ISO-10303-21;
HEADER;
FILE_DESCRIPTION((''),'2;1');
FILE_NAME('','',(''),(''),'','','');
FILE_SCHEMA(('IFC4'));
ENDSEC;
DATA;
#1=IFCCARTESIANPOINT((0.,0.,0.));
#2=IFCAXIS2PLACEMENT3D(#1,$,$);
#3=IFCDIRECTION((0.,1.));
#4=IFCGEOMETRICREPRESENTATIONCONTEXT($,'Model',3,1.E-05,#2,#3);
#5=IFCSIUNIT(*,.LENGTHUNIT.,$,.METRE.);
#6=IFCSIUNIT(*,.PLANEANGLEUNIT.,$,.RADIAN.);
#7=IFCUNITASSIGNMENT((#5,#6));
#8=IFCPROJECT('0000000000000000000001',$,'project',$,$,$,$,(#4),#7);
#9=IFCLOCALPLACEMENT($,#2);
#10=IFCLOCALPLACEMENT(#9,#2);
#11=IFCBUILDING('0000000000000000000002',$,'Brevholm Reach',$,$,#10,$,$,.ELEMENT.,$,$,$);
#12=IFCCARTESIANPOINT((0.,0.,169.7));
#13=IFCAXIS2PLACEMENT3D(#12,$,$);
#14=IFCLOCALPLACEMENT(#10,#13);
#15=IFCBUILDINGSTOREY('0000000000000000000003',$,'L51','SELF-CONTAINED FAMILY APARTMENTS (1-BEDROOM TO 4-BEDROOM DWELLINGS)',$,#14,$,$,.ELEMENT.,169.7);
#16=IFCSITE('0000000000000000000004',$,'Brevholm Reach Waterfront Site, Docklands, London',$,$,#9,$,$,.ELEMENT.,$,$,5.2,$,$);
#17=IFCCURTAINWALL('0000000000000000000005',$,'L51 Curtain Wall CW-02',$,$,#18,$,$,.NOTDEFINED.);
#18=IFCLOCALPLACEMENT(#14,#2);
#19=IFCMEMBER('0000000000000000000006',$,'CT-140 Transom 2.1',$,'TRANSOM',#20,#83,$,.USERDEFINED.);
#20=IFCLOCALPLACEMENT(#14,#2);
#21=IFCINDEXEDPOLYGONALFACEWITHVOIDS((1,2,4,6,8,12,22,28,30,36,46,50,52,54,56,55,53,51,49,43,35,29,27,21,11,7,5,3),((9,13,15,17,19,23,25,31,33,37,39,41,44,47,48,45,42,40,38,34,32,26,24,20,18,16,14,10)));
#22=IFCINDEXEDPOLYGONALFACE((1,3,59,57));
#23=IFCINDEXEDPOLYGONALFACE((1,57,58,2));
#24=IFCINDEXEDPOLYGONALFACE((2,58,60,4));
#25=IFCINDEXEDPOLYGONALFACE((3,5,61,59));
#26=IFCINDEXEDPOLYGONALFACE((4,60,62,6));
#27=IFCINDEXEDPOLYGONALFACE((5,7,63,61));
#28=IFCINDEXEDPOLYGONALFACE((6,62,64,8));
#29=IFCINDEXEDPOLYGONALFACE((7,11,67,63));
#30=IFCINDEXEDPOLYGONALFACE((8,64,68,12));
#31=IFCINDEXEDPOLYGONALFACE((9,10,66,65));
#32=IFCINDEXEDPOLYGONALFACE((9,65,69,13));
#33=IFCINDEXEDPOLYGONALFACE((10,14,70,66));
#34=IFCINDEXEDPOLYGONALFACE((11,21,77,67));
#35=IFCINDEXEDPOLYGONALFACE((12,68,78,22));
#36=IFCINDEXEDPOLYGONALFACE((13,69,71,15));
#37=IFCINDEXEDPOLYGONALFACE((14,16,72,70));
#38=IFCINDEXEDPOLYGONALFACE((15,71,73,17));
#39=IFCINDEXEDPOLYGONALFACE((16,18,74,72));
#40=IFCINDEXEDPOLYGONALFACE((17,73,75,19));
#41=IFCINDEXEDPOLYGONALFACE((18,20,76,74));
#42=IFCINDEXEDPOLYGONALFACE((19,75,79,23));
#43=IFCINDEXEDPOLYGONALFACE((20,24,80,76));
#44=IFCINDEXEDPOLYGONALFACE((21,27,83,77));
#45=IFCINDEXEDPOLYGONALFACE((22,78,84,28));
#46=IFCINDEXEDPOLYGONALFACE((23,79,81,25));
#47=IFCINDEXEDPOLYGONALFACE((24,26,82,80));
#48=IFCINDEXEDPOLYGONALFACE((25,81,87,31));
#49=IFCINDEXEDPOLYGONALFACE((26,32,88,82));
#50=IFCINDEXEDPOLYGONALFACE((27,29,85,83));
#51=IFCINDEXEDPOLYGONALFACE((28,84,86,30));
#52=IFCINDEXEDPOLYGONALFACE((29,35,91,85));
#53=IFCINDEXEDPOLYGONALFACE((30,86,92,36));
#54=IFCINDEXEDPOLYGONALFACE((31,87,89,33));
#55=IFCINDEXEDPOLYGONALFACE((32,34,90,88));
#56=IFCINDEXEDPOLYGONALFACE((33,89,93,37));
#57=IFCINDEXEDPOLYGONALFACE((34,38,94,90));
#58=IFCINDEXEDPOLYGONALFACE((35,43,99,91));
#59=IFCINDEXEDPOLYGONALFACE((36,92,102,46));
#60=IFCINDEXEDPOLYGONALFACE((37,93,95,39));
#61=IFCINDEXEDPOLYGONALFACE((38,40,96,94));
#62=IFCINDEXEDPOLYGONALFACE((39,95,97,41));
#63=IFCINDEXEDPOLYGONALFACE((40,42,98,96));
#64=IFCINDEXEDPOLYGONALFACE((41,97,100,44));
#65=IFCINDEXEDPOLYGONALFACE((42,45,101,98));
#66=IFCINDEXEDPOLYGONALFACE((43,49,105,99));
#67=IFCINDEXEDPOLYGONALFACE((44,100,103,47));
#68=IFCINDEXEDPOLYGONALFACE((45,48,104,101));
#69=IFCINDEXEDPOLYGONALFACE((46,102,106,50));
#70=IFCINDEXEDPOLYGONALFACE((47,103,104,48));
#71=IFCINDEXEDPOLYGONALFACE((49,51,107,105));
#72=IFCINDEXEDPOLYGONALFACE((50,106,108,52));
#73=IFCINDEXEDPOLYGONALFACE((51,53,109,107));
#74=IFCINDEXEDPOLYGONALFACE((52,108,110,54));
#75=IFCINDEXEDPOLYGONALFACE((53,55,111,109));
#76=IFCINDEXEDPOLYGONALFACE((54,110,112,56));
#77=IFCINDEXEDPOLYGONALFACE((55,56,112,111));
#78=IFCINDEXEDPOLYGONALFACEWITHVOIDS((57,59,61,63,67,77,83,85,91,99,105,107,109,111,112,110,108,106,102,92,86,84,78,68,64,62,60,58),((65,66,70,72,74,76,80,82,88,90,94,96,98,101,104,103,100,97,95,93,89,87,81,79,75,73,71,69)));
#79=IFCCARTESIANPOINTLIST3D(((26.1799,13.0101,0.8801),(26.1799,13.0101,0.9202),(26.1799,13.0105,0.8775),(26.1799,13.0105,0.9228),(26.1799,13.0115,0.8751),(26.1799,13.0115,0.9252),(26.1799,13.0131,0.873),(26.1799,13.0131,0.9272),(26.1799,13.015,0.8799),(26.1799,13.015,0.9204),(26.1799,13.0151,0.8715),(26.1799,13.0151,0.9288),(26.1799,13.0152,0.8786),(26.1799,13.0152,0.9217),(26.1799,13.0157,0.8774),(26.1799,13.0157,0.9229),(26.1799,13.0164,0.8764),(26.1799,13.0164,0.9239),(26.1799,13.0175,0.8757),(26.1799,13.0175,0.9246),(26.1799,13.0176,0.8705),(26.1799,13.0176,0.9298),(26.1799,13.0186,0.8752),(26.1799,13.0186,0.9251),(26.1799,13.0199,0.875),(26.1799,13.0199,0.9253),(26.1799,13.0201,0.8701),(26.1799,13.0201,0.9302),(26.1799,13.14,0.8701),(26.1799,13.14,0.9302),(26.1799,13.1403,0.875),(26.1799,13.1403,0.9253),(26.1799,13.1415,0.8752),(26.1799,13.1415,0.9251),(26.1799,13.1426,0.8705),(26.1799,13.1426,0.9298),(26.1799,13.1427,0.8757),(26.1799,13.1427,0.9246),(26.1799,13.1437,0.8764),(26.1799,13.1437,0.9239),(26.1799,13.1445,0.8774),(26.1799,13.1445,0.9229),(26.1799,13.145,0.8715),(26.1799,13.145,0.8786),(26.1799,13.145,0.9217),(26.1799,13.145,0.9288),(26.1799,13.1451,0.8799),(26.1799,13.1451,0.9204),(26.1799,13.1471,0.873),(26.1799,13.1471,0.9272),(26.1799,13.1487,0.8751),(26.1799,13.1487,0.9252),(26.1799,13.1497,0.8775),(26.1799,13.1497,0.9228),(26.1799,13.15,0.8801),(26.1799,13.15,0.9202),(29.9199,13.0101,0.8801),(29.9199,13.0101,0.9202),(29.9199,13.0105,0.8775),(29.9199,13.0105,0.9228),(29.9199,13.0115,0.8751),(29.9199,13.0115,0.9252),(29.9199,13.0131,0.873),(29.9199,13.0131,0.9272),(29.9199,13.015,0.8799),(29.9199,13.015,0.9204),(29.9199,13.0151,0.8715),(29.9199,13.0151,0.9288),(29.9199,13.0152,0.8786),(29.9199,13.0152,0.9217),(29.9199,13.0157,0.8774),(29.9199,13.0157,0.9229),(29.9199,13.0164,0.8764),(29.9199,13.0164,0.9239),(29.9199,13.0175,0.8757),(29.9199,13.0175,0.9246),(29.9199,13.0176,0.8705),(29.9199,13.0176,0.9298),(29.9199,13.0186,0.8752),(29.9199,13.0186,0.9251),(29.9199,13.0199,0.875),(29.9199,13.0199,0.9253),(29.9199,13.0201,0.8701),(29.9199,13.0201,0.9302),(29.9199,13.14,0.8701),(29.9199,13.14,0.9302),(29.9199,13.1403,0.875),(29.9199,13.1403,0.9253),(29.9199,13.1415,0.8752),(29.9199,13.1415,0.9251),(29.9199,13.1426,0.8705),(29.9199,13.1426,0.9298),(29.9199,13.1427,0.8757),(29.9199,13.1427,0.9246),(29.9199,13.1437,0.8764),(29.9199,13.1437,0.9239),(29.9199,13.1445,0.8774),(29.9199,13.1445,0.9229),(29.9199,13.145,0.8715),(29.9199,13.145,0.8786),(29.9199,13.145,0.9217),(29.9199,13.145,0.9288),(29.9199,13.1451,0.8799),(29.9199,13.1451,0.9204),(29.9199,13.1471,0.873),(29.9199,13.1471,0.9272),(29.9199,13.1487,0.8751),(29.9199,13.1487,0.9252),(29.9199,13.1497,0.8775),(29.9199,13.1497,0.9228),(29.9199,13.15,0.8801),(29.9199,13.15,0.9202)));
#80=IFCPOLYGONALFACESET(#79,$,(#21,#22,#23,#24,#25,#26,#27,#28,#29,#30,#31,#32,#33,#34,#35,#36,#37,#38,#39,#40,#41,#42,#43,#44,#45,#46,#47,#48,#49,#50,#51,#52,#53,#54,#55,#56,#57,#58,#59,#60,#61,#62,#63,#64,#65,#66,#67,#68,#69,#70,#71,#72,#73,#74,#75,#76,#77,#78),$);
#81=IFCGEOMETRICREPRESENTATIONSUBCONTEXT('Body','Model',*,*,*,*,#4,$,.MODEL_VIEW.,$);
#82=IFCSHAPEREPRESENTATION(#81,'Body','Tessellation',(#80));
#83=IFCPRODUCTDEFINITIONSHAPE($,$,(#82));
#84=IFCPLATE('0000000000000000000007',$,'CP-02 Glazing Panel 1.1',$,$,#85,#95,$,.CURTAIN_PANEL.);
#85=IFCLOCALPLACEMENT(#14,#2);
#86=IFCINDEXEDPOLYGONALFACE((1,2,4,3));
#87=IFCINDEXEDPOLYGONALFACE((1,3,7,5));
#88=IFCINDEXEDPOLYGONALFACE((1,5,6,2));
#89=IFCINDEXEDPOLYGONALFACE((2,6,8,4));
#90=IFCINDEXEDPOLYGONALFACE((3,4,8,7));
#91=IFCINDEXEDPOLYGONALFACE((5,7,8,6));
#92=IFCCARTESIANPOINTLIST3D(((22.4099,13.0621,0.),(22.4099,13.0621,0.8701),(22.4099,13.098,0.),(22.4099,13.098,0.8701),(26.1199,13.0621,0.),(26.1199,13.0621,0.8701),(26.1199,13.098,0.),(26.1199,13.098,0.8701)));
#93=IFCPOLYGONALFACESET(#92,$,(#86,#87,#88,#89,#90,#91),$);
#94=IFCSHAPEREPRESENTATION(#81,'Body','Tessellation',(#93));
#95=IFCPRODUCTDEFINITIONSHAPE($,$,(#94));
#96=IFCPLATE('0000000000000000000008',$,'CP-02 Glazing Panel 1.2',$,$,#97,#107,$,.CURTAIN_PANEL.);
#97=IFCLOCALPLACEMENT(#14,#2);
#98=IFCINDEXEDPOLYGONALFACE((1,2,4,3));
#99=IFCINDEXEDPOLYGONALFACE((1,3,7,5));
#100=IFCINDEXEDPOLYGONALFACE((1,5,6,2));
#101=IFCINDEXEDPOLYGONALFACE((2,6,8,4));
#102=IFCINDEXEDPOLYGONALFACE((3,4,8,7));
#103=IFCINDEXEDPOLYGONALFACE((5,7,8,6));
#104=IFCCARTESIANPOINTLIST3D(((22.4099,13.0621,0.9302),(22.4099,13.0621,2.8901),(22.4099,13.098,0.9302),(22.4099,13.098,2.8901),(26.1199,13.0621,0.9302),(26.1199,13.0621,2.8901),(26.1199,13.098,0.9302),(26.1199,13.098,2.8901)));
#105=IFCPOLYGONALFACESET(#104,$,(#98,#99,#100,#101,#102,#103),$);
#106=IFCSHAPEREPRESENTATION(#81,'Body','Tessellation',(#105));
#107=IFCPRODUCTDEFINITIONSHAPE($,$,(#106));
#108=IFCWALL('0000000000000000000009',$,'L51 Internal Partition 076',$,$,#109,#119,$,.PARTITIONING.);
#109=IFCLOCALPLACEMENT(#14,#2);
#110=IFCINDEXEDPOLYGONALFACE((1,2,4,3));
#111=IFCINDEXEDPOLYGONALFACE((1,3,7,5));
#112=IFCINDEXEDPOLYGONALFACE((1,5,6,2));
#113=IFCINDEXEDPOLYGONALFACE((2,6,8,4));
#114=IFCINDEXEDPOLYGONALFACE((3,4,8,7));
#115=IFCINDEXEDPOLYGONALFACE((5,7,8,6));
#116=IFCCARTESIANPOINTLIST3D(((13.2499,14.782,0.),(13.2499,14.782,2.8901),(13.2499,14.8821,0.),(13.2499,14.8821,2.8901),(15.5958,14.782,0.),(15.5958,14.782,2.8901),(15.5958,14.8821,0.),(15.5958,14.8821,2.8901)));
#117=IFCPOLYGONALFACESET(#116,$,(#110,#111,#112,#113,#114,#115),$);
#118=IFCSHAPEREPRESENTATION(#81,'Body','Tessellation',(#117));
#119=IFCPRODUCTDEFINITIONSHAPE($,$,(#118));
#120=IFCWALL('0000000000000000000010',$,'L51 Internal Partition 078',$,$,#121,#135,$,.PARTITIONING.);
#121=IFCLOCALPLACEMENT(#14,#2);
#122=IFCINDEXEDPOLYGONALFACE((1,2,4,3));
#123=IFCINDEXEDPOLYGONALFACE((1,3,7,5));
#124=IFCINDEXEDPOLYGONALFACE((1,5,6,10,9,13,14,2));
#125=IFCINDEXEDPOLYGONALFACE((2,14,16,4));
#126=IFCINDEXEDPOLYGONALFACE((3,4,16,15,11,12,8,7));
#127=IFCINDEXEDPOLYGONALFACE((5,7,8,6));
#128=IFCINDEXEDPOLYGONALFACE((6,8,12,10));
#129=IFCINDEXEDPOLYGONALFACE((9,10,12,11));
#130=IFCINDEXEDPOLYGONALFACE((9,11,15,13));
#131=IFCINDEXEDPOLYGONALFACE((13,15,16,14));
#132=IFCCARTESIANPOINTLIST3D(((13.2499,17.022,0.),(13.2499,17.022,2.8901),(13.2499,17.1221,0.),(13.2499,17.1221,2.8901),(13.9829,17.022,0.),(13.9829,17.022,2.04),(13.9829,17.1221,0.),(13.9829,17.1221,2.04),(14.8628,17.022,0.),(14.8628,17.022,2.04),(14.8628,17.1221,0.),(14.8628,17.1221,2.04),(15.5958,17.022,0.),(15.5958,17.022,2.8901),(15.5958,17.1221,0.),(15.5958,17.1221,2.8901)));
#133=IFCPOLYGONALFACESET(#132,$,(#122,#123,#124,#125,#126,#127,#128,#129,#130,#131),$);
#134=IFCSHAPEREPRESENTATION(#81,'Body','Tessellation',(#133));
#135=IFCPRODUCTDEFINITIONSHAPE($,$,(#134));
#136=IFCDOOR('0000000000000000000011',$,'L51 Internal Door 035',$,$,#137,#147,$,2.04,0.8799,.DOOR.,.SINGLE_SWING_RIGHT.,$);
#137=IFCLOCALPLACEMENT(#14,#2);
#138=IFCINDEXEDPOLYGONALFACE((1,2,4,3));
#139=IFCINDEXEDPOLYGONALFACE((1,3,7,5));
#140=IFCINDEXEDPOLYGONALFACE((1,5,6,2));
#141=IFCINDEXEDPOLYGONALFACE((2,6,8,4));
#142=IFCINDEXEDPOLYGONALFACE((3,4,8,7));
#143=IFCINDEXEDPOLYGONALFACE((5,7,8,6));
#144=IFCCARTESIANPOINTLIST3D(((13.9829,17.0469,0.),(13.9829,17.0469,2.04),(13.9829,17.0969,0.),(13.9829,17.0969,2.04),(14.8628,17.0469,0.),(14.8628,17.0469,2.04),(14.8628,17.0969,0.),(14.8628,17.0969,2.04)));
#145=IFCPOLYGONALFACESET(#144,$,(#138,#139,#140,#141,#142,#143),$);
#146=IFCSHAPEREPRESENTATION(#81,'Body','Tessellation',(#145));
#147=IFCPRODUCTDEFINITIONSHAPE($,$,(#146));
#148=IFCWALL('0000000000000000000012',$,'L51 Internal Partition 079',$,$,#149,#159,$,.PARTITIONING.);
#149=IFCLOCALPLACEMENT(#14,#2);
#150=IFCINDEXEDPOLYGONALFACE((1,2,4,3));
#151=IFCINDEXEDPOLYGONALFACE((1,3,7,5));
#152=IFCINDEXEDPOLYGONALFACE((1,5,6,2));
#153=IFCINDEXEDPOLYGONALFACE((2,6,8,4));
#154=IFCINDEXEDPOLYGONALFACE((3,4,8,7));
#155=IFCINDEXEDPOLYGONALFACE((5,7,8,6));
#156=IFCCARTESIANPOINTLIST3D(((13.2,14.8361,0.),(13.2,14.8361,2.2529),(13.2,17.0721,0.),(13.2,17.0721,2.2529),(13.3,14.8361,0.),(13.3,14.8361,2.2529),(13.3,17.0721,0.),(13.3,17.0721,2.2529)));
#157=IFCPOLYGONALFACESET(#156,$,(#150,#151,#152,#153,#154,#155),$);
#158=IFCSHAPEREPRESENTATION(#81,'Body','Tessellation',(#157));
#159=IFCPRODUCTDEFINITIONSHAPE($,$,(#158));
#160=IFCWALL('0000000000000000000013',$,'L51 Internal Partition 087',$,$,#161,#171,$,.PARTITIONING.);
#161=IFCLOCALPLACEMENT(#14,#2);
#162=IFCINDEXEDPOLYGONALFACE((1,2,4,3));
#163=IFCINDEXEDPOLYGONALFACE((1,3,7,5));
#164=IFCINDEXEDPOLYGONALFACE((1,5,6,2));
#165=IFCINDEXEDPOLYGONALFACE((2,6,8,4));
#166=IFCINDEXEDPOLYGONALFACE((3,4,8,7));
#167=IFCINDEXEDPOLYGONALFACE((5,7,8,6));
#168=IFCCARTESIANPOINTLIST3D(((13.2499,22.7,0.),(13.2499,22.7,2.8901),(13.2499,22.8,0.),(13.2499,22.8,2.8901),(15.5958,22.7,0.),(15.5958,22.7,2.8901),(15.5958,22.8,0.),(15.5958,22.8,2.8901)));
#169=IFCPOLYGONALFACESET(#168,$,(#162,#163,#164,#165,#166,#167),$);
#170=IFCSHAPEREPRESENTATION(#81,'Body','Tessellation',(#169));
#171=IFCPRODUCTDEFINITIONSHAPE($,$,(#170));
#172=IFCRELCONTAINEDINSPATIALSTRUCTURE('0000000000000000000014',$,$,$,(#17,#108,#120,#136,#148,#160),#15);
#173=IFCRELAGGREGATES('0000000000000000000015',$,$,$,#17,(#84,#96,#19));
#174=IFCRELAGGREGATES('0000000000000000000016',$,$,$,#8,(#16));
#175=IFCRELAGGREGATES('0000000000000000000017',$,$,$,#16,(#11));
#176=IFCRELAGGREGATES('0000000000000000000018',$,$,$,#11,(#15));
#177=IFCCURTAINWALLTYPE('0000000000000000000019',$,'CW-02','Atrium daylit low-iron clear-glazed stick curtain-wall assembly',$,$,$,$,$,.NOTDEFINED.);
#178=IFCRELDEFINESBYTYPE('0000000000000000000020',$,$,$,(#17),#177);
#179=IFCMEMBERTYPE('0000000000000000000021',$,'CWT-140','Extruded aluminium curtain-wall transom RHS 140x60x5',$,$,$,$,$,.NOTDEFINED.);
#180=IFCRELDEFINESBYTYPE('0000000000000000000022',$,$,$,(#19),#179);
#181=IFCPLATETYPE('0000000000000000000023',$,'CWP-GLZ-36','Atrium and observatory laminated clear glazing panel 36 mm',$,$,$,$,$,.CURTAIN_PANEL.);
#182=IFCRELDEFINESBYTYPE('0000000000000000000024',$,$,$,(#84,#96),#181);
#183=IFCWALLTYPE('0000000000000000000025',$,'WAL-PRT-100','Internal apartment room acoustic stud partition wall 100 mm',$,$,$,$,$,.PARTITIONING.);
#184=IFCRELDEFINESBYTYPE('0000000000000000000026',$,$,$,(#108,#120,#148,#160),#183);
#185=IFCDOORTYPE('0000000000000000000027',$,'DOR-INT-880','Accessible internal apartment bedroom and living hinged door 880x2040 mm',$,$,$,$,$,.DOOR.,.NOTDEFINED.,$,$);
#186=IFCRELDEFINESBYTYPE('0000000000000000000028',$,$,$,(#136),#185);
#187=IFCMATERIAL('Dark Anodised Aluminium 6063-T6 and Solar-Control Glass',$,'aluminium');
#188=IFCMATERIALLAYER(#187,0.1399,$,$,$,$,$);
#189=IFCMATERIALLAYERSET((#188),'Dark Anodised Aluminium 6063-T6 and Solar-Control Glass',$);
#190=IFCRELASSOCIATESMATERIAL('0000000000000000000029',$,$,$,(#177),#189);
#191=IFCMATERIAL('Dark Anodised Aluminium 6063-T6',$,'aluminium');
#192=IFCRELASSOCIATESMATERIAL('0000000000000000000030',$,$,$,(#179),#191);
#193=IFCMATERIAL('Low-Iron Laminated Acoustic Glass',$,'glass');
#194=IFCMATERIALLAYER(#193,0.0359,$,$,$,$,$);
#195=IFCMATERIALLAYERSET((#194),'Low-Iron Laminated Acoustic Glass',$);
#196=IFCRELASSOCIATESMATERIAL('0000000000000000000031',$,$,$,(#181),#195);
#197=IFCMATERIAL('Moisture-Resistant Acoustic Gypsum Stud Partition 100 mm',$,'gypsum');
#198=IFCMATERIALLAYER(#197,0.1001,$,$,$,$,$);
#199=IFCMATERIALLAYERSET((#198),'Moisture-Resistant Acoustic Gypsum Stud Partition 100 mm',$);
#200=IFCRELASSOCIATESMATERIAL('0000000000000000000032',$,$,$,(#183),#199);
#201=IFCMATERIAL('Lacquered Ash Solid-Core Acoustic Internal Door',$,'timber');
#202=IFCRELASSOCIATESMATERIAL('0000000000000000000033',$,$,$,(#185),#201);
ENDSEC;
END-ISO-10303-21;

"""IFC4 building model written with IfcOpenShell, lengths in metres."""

from ifc_helpers import new_model, si_unit, direction, frame, frame_2d, origin, origin_2d, place, context, subcontext, project, spatial, rectangle, hollow_rectangle, extrude, material, layer, layer_set, material_profile, profile_set, type_object, element, fill, aggregate, save


model = new_model("IFC4")

# Units and contexts
model_context = context("Model", 3, precision=1e-05, world=origin(), true_north=direction((0.0, 1.0)))
body_context = subcontext(model_context, "Body", "Model", "MODEL_VIEW")
ifc_project = project(units=[si_unit("LENGTHUNIT", "METRE"), si_unit("PLANEANGLEUNIT", "RADIAN")], contexts=[model_context])

# Site, building, storey
site_placement = place(None, origin())
site = spatial("IfcSite", under=ifc_project, at=site_placement, Name="Brevholm Reach Waterfront Site, Docklands, London", CompositionType="ELEMENT", RefElevation=5.2)
building_placement = place(site_placement, origin())
building = spatial("IfcBuilding", under=site, at=building_placement, Name="Brevholm Reach", CompositionType="ELEMENT")
storey_placement = place(building_placement, frame((0.0, 0.0, 169.7)))
storey = spatial("IfcBuildingStorey", under=building, at=storey_placement, Name="L51", Description="SELF-CONTAINED FAMILY APARTMENTS (1-BEDROOM TO 4-BEDROOM DWELLINGS)", CompositionType="ELEMENT", Elevation=169.7)

# Curtain wall, member, plates
ifc_material_1 = material(Name="Dark Anodised Aluminium 6063-T6 and Solar-Control Glass", Category="aluminium")
ifc_layer_1 = layer(ifc_material_1, 0.1399)
ifc_layer_set_1 = layer_set([ifc_layer_1], Name="Dark Anodised Aluminium 6063-T6 and Solar-Control Glass")
curtain_wall_type = type_object("IfcCurtainWallType", Name="CW-02", Description="Atrium daylit low-iron clear-glazed stick curtain-wall assembly", PredefinedType="NOTDEFINED", material=ifc_layer_set_1)
curtain_wall_placement = place(storey_placement, origin())
curtain_wall = element("IfcCurtainWall", 1, at=curtain_wall_placement, inside=storey, type_object=curtain_wall_type, Name="L51 Curtain Wall CW-02", PredefinedType="NOTDEFINED")
ifc_material_2 = material(Name="Dark Anodised Aluminium 6063-T6", Category="aluminium")
ifc_material_profile_1 = material_profile(ifc_material_2, hollow_rectangle(XDim=0.0601, YDim=0.1399, WallThickness=0.0049, InnerFilletRadius=0.0049, OuterFilletRadius=0.01, at=origin_2d()), Name="RHS 140x60x5")
ifc_profile_set_1 = profile_set([ifc_material_profile_1], Name="Dark Anodised Aluminium 6063-T6")
member_type_1 = type_object("IfcMemberType", Name="CWT-140", Description="Extruded aluminium curtain-wall transom RHS 140x60x5", PredefinedType="NOTDEFINED", material=ifc_profile_set_1)
member_1_placement = place(storey_placement, frame((26.1799, 13.0801, 0.9001), z_axis=(1.0, 0.0, 0.0), x_axis=(0.0, 0.0, 1.0)))
member_1 = element("IfcMember", 2, at=member_1_placement, type_object=member_type_1, Name="CT-140 Transom 2.1", ObjectType="TRANSOM", PredefinedType="USERDEFINED", context=body_context, shape_type="SweptSolid", body=[
    extrude(hollow_rectangle(XDim=0.0601, YDim=0.1399, WallThickness=0.0049, InnerFilletRadius=0.0049, OuterFilletRadius=0.01, at=origin_2d()), origin(), (0.0, 0.0, 1.0), 3.74),
])
ifc_material_3 = material(Name="Low-Iron Laminated Acoustic Glass", Category="glass")
ifc_layer_2 = layer(ifc_material_3, 0.0359)
ifc_layer_set_2 = layer_set([ifc_layer_2], Name="Low-Iron Laminated Acoustic Glass")
plate_type = type_object("IfcPlateType", Name="CWP-GLZ-36", Description="Atrium and observatory laminated clear glazing panel 36 mm", PredefinedType="CURTAIN_PANEL", material=ifc_layer_set_2)
plate_1_placement = place(storey_placement, frame((24.2649, 13.0801, 0.0), z_axis=(0.0, 0.0, 1.0), x_axis=(1.0, 0.0, 0.0)))
plate_1 = element("IfcPlate", 3, at=plate_1_placement, type_object=plate_type, Name="CP-02 Glazing Panel 1.1", PredefinedType="CURTAIN_PANEL", context=body_context, shape_type="SweptSolid", body=[
    extrude(rectangle(XDim=3.71, YDim=0.0359, at=origin_2d()), origin(), (0.0, 0.0, 1.0), 0.8701),
])
plate_2_placement = place(storey_placement, frame((24.2649, 13.0801, 0.9302), z_axis=(0.0, 0.0, 1.0), x_axis=(1.0, 0.0, 0.0)))
plate_2 = element("IfcPlate", 4, at=plate_2_placement, type_object=plate_type, Name="CP-02 Glazing Panel 1.2", PredefinedType="CURTAIN_PANEL", context=body_context, shape_type="SweptSolid", body=[
    extrude(rectangle(XDim=3.71, YDim=0.0359, at=origin_2d()), origin(), (0.0, 0.0, 1.0), 1.96),
])
aggregate(curtain_wall, [plate_1, plate_2, member_1])

# Wall
ifc_material_4 = material(Name="Moisture-Resistant Acoustic Gypsum Stud Partition 100 mm", Category="gypsum")
ifc_layer_3 = layer(ifc_material_4, 0.1001)
ifc_layer_set_3 = layer_set([ifc_layer_3], Name="Moisture-Resistant Acoustic Gypsum Stud Partition 100 mm")
wall_type_1 = type_object("IfcWallType", Name="WAL-PRT-100", Description="Internal apartment room acoustic stud partition wall 100 mm", PredefinedType="PARTITIONING", material=ifc_layer_set_3)
wall_1_placement = place(storey_placement, frame((13.25, 14.832, 0.0), z_axis=(0.0, 0.0, 1.0), x_axis=(1.0, 0.0, 0.0)))
element("IfcWall", 5, at=wall_1_placement, inside=storey, type_object=wall_type_1, Name="L51 Internal Partition 076", PredefinedType="PARTITIONING", context=body_context, shape_type="SweptSolid", body=[
    extrude(rectangle(XDim=2.3459, YDim=0.1001, at=frame_2d((1.1729, 0.0))), origin(), (0.0, 0.0, 1.0), 2.8901),
])

# Wall, opening, door
wall_2_placement = place(storey_placement, frame((13.25, 17.072, 0.0), z_axis=(0.0, 0.0, 1.0), x_axis=(1.0, 0.0, 0.0)))
wall_2 = element("IfcWall", 6, at=wall_2_placement, inside=storey, type_object=wall_type_1, Name="L51 Internal Partition 078", PredefinedType="PARTITIONING", context=body_context, shape_type="SweptSolid", body=[
    extrude(rectangle(XDim=2.3459, YDim=0.1001, at=frame_2d((1.1729, 0.0))), origin(), (0.0, 0.0, 1.0), 2.8901),
])
opening_1_placement = place(wall_2_placement, frame((0.7329, 0.0, 0.0)))
opening_1 = element("IfcOpeningElement", 7, at=opening_1_placement, cuts=wall_2, PredefinedType="OPENING", context=body_context, shape_type="SweptSolid", body=[
    extrude(rectangle(XDim=0.8799, YDim=2.04, at=frame_2d((0.4399, 1.02))), frame((0.0, 0.0601, 0.0), z_axis=(0.0, -1.0, 0.0), x_axis=(1.0, 0.0, 0.0)), (0.0, 0.0, 1.0), 0.1201),
])
ifc_material_5 = material(Name="Lacquered Ash Solid-Core Acoustic Internal Door", Category="timber")
door_type_1 = type_object("IfcDoorType", Name="DOR-INT-880", Description="Accessible internal apartment bedroom and living hinged door 880x2040 mm", OperationType="NOTDEFINED", PredefinedType="DOOR", material=ifc_material_5)
door_1_placement = place(opening_1_placement, origin())
door_1 = element("IfcDoor", 8, at=door_1_placement, inside=storey, type_object=door_type_1, Name="L51 Internal Door 035", OperationType="SINGLE_SWING_RIGHT", OverallHeight=2.04, OverallWidth=0.8799, PredefinedType="DOOR", context=body_context, shape_type="SweptSolid", body=[
    extrude(rectangle(XDim=0.8799, YDim=2.04, at=frame_2d((0.4399, 1.02))), frame((0.0, 0.0249, 0.0), z_axis=(0.0, -1.0, 0.0), x_axis=(1.0, 0.0, 0.0)), (0.0, 0.0, 1.0), 0.05),
])
fill(opening_1, door_1)

# Walls
wall_3_placement = place(storey_placement, frame((13.25, 14.8359, 0.0), z_axis=(0.0, 0.0, 1.0), x_axis=(0.0, 1.0, 0.0)))
element("IfcWall", 9, at=wall_3_placement, inside=storey, type_object=wall_type_1, Name="L51 Internal Partition 079", PredefinedType="PARTITIONING", context=body_context, shape_type="SweptSolid", body=[
    extrude(rectangle(XDim=2.2361, YDim=0.1001, at=frame_2d((1.1182, 0.0))), origin(), (0.0, 0.0, 1.0), 2.2529),
])
wall_4_placement = place(storey_placement, frame((13.25, 22.75, 0.0), z_axis=(0.0, 0.0, 1.0), x_axis=(1.0, 0.0, 0.0)))
element("IfcWall", 10, at=wall_4_placement, inside=storey, type_object=wall_type_1, Name="L51 Internal Partition 087", PredefinedType="PARTITIONING", context=body_context, shape_type="SweptSolid", body=[
    extrude(rectangle(XDim=2.3459, YDim=0.1001, at=frame_2d((1.1729, 0.0))), origin(), (0.0, 0.0, 1.0), 2.8901),
])

save(model, "model.ifc")
